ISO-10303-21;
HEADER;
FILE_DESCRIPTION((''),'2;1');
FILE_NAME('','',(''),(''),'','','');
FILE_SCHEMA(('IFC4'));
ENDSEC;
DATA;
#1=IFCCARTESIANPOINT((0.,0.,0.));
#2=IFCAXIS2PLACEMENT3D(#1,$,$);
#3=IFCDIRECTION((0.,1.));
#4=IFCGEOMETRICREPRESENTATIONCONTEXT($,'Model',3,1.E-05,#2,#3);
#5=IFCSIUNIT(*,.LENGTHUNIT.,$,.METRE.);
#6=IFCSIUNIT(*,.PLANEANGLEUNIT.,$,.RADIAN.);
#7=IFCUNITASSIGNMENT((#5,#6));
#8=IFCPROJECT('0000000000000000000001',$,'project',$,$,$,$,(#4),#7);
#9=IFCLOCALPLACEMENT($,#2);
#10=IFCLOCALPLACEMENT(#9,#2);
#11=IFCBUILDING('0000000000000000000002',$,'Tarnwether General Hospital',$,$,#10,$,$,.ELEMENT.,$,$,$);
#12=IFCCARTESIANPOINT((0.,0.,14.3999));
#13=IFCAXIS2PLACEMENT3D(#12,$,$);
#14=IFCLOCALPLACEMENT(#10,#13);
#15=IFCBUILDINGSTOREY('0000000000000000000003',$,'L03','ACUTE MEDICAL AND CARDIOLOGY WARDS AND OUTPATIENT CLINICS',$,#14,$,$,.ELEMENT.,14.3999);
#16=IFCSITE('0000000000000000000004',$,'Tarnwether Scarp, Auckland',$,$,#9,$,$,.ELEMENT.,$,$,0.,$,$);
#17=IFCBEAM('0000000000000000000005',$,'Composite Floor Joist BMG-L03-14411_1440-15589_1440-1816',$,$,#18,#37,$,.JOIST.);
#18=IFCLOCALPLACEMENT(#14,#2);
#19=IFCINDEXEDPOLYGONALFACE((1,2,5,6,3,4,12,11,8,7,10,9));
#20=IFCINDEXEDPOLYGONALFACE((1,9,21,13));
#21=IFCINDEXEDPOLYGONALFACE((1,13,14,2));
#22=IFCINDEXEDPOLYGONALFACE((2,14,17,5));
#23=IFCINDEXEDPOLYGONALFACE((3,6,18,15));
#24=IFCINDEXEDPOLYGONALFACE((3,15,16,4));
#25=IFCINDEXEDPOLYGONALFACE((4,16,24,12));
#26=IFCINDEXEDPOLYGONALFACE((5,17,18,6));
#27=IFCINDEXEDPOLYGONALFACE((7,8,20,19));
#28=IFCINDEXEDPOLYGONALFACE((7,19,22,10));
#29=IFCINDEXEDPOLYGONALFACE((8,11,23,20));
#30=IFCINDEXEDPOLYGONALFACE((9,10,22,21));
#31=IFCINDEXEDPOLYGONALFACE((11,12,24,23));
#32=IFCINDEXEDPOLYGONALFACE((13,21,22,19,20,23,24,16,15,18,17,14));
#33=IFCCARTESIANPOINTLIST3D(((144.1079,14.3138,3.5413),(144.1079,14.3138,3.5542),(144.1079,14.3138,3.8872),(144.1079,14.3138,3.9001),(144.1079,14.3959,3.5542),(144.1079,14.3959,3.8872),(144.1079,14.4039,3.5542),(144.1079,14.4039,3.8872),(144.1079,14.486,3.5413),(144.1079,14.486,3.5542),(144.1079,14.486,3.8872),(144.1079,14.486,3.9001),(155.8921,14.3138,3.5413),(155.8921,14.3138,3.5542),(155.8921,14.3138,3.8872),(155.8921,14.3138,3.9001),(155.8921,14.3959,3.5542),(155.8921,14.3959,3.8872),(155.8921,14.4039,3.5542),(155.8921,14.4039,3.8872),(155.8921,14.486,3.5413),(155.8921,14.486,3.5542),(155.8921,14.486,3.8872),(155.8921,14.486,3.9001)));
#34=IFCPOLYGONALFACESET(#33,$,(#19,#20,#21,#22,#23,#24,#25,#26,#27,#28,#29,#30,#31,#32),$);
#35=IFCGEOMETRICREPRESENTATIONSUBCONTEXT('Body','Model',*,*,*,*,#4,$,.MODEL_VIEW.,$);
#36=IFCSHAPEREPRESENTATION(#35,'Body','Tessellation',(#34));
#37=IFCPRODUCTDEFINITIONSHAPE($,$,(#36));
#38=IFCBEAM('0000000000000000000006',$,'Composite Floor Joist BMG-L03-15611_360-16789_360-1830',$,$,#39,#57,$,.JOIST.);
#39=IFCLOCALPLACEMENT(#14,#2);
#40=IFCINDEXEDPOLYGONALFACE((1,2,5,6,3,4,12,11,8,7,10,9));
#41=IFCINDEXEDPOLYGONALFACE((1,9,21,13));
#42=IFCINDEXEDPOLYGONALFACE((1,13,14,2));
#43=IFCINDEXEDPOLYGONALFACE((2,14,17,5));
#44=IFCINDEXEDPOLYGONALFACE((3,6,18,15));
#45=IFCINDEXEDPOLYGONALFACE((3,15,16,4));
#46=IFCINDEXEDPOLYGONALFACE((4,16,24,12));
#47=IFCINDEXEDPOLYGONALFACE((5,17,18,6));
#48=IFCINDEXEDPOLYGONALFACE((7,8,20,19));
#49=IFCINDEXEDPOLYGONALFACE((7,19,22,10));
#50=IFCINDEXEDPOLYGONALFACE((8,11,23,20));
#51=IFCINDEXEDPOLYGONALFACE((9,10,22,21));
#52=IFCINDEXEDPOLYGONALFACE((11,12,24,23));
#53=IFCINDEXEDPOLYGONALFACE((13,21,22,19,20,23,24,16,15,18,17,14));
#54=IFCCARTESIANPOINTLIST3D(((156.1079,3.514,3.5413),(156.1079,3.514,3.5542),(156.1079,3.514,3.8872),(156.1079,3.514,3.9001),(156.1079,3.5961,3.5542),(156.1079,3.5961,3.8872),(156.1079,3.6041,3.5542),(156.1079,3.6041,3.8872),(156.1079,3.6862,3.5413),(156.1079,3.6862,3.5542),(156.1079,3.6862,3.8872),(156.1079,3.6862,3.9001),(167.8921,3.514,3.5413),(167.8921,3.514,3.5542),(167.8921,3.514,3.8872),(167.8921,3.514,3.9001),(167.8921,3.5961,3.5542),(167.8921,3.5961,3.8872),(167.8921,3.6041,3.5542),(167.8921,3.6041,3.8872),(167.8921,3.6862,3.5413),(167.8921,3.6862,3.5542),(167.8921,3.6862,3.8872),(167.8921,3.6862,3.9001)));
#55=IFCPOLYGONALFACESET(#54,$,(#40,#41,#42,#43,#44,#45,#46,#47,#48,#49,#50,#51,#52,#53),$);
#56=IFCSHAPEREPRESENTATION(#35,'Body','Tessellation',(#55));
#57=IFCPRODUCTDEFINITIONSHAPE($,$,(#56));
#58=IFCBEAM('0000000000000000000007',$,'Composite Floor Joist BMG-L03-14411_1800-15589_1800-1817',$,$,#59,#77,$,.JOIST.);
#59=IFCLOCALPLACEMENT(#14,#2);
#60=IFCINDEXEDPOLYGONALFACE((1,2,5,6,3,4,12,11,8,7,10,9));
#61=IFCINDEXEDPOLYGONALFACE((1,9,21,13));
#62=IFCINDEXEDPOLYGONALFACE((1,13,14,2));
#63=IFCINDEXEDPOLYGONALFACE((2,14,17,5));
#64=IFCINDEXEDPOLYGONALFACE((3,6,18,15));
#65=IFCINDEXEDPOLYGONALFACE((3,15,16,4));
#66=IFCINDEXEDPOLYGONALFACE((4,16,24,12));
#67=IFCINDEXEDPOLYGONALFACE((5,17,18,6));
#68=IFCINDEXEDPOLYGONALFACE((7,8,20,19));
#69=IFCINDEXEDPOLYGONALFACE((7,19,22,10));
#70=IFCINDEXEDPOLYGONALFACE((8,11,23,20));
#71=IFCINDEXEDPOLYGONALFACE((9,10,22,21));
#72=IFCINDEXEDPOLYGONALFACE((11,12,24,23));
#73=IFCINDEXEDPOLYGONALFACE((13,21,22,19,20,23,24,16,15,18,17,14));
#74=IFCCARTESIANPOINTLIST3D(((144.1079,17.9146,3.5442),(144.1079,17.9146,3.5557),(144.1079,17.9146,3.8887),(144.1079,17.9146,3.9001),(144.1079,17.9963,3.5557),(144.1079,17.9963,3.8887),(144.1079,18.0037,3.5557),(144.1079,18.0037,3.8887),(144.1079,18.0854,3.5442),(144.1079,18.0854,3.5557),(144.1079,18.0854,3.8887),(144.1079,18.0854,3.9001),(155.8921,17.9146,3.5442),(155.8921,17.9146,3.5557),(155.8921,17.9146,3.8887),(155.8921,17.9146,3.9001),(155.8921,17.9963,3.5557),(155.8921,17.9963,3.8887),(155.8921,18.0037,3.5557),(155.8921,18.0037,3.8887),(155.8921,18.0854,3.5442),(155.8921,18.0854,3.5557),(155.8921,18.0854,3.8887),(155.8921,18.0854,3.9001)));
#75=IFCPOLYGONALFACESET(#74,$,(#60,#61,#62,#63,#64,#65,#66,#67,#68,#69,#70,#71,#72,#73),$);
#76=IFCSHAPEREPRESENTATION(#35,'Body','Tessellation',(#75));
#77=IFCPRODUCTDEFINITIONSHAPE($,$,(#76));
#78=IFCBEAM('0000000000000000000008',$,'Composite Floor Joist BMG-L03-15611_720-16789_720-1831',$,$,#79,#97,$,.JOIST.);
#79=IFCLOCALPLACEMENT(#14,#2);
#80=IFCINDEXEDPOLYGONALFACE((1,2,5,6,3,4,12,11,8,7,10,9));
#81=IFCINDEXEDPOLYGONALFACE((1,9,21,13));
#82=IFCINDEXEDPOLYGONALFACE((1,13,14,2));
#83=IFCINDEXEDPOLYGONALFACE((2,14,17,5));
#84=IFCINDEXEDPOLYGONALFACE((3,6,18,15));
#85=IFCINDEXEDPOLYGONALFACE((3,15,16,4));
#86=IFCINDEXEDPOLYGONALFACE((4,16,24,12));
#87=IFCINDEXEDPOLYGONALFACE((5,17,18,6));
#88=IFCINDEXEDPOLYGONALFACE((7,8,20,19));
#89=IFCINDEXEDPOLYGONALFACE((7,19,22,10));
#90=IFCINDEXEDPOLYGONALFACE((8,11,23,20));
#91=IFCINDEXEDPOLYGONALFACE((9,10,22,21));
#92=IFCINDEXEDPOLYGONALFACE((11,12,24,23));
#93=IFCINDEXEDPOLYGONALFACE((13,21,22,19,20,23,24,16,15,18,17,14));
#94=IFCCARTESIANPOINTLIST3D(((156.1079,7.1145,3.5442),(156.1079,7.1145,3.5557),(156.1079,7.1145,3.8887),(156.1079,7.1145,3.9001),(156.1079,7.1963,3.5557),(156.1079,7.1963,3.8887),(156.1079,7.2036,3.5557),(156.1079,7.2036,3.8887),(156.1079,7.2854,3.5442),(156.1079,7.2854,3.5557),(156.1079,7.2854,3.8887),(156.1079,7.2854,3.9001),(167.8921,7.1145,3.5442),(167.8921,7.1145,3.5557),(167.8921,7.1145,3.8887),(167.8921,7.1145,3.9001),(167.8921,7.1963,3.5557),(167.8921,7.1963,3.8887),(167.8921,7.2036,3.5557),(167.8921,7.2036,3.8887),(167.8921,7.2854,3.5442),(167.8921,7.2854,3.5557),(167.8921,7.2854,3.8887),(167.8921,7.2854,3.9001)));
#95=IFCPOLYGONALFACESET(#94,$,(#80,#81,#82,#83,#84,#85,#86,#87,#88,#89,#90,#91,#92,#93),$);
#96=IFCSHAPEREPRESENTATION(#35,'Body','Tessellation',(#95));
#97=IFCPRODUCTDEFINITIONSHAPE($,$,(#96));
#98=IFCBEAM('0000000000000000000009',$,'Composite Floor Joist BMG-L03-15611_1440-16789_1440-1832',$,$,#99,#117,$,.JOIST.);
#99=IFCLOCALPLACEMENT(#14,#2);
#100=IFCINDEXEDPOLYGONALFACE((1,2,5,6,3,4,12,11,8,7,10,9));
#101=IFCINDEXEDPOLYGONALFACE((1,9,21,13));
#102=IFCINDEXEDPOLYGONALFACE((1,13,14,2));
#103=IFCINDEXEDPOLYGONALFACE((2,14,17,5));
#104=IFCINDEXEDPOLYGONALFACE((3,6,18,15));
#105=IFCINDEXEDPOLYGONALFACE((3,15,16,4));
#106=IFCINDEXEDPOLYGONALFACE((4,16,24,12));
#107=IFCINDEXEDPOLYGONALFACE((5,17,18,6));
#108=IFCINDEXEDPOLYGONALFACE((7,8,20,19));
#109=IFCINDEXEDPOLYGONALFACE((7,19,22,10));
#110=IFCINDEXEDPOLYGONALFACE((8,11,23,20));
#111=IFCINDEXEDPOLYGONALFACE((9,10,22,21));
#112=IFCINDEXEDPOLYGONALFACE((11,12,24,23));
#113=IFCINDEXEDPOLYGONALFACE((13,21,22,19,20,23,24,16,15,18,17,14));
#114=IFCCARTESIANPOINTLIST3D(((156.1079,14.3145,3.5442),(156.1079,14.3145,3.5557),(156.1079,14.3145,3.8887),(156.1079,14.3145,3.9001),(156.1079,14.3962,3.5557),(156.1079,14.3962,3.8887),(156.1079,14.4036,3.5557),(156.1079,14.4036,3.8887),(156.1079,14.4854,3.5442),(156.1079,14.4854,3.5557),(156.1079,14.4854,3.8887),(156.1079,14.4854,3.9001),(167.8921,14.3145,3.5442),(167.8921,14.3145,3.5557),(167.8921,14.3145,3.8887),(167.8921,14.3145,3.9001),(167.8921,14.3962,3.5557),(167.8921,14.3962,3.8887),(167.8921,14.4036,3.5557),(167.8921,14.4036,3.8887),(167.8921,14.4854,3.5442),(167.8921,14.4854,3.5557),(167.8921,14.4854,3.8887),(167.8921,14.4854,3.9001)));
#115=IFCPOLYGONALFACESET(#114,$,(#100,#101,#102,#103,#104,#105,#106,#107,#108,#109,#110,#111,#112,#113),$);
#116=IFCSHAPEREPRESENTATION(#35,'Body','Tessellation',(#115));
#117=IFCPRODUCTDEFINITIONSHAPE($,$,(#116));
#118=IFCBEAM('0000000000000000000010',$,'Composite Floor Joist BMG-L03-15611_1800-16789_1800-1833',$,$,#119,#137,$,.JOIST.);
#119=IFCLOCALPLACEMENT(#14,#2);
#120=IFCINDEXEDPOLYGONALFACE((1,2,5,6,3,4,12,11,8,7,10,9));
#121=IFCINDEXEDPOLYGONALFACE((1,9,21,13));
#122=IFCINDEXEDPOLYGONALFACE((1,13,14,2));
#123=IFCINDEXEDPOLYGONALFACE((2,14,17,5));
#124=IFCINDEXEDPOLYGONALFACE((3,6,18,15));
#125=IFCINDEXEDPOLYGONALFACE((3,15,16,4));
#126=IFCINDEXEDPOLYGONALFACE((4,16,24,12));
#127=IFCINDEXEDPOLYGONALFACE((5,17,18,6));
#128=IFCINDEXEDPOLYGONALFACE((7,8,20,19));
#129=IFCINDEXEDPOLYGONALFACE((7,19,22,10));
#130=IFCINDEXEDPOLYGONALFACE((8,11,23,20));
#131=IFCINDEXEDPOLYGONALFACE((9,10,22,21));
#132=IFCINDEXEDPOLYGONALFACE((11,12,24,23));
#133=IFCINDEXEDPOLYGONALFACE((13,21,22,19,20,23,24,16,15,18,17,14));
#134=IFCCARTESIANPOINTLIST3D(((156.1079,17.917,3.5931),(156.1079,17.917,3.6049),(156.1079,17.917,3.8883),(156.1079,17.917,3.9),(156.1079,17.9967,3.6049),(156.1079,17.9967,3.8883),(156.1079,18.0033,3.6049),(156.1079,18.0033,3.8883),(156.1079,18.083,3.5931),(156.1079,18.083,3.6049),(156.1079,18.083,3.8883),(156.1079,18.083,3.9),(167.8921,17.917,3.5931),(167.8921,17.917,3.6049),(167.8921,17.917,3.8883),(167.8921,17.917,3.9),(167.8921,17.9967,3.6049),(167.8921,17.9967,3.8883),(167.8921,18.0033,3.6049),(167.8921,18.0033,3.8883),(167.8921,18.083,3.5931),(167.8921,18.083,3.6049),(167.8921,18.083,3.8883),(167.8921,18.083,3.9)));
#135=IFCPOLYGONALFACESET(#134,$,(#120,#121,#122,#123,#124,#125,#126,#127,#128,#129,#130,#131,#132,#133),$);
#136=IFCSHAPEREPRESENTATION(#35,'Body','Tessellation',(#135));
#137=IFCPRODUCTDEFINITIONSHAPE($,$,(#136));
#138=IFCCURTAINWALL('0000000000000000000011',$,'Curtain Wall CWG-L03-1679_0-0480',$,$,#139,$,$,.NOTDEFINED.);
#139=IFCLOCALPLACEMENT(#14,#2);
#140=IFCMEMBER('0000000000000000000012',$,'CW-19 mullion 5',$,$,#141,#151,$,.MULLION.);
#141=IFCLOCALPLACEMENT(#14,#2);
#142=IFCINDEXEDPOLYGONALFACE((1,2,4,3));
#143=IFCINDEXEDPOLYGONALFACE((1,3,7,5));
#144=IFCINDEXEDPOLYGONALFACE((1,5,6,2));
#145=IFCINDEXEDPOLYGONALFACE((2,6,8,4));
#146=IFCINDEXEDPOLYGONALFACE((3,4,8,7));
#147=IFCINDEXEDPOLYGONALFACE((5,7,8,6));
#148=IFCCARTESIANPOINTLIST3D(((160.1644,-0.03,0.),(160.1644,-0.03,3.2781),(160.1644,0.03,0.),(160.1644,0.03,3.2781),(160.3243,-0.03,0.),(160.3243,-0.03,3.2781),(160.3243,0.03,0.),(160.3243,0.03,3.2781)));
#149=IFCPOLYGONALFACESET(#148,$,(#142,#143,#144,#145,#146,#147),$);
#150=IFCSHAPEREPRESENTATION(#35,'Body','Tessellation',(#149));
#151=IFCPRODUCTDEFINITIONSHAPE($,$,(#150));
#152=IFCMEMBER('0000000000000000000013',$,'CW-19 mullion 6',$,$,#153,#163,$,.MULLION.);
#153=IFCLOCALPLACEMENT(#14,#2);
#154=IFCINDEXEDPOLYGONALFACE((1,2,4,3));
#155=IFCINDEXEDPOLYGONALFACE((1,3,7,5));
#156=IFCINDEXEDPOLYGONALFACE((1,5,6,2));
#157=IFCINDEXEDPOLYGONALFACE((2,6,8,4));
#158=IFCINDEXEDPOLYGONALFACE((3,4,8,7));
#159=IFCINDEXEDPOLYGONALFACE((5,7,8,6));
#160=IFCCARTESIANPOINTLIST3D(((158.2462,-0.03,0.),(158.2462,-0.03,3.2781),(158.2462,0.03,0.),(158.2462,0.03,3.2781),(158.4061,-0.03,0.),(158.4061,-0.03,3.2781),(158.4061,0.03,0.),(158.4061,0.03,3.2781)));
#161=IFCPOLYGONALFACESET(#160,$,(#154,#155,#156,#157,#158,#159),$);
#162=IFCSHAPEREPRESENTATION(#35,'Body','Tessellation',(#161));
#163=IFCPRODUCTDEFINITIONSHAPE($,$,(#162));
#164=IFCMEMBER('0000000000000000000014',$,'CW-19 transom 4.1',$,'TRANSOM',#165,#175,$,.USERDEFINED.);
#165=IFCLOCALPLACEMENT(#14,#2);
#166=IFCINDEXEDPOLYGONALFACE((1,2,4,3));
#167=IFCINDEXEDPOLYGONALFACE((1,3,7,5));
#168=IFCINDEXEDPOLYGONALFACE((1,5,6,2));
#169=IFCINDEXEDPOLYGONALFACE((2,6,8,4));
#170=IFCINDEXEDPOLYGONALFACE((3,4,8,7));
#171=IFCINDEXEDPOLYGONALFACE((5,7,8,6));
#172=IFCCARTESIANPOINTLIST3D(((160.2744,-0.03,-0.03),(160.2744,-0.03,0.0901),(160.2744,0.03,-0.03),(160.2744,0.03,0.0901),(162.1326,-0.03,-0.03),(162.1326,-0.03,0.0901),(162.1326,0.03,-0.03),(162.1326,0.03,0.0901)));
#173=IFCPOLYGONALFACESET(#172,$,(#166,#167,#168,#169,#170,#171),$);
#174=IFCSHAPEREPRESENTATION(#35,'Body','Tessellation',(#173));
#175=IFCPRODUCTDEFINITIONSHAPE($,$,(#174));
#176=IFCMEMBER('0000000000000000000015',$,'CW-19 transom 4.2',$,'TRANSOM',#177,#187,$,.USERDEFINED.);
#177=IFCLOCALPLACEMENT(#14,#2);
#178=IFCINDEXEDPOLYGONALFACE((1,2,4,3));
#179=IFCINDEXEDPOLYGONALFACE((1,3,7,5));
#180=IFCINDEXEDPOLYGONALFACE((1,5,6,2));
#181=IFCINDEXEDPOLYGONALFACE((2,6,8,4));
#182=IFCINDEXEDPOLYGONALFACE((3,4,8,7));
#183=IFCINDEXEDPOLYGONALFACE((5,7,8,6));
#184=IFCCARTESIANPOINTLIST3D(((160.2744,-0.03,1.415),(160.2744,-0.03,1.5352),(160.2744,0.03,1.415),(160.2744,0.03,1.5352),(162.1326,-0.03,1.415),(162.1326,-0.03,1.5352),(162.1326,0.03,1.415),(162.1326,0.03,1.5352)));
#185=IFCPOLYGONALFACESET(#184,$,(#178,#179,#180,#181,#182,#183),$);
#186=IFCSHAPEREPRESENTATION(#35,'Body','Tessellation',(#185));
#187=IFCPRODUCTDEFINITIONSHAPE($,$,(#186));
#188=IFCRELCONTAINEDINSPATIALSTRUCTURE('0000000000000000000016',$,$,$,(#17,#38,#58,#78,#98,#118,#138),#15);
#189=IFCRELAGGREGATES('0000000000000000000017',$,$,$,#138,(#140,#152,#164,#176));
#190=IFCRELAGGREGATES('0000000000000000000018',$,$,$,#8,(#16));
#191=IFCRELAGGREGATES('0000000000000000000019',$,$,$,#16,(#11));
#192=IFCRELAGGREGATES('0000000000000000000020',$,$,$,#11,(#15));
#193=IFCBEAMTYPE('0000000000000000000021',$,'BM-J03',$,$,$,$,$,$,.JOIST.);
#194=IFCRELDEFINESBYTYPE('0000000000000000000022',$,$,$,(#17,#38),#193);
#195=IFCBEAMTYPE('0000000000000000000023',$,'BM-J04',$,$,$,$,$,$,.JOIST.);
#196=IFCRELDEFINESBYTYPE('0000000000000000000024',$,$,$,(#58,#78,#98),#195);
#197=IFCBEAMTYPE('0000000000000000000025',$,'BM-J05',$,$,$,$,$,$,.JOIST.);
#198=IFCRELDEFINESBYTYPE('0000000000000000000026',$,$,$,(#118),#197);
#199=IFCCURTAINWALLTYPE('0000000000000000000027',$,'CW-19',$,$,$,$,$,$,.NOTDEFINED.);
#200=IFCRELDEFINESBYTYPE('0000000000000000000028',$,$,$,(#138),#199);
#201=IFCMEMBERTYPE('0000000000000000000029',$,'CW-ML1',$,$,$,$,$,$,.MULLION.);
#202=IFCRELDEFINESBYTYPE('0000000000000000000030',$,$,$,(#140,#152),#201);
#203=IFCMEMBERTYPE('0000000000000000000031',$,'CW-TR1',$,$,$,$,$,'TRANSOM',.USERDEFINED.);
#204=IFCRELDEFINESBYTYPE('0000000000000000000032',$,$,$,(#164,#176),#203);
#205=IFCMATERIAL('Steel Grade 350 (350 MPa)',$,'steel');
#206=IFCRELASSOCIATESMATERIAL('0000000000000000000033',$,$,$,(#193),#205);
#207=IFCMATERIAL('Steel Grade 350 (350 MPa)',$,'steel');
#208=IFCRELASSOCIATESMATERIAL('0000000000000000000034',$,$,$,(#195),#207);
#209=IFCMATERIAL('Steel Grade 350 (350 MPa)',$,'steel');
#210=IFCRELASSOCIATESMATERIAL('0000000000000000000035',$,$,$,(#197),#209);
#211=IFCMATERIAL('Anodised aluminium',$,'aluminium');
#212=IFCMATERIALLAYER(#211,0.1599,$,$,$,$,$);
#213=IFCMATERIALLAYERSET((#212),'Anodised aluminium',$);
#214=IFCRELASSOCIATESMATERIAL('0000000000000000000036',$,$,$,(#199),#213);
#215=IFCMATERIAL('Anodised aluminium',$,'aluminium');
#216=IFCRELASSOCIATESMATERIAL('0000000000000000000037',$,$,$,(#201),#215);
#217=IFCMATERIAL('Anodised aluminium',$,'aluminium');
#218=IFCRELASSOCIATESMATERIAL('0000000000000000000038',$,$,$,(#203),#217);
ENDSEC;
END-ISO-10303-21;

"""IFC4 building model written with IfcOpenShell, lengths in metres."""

from ifc_helpers import new_model, si_unit, direction, frame, origin, origin_2d, place, context, subcontext, project, spatial, rectangle, i_section, extrude, material, layer, layer_set, material_profile, profile_set, type_object, element, aggregate, save


model = new_model("IFC4")

# Units and contexts
model_context = context("Model", 3, precision=1e-05, world=origin(), true_north=direction((0.0, 1.0)))
body_context = subcontext(model_context, "Body", "Model", "MODEL_VIEW")
ifc_project = project(units=[si_unit("LENGTHUNIT", "METRE"), si_unit("PLANEANGLEUNIT", "RADIAN")], contexts=[model_context])

# Site, building, storey
site_placement = place(None, origin())
site = spatial("IfcSite", under=ifc_project, at=site_placement, Name="Tarnwether Scarp, Auckland", CompositionType="ELEMENT", RefElevation=0.0)
building_placement = place(site_placement, origin())
building = spatial("IfcBuilding", under=site, at=building_placement, Name="Tarnwether General Hospital", CompositionType="ELEMENT")
storey_placement = place(building_placement, frame((0.0, 0.0, 14.3999)))
storey = spatial("IfcBuildingStorey", under=building, at=storey_placement, Name="L03", Description="ACUTE MEDICAL AND CARDIOLOGY WARDS AND OUTPATIENT CLINICS", CompositionType="ELEMENT", Elevation=14.3999)

# Beams
ifc_material_1 = material(Name="Steel Grade 350 (350 MPa)", Category="steel")
ifc_material_profile_1 = material_profile(ifc_material_1, i_section(OverallWidth=0.1721, OverallDepth=0.3589, WebThickness=0.0081, FlangeThickness=0.0129, at=origin_2d()), Name="360UB56.7")
ifc_profile_set_1 = profile_set([ifc_material_profile_1], Name="Steel Grade 350 (350 MPa)")
beam_type_1 = type_object("IfcBeamType", Name="BM-J03", PredefinedType="JOIST", material=ifc_profile_set_1)
for number, where, z_axis, x_axis, name in (
    (1, (144.1079, 14.3999, 3.7207), (1.0, 0.0, 0.0), (0.0, 1.0, 0.0), "Composite Floor Joist BMG-L03-14411_1440-15589_1440-1816"),
    (2, (156.1079, 3.6001, 3.7207), (1.0, 0.0, 0.0), (0.0, 1.0, 0.0), "Composite Floor Joist BMG-L03-15611_360-16789_360-1830"),
):
    element("IfcBeam", number, at=place(storey_placement, frame(where, z_axis=z_axis, x_axis=x_axis)), inside=storey, type_object=beam_type_1, Name=name, PredefinedType="JOIST", context=body_context, shape_type="SweptSolid", body=[
        extrude(i_section(OverallWidth=0.1721, OverallDepth=0.3589, WebThickness=0.0081, FlangeThickness=0.0129, at=origin_2d()), origin(), (0.0, 0.0, 1.0), 11.7842),
    ])
ifc_material_2 = material(Name="Steel Grade 350 (350 MPa)", Category="steel")
ifc_material_profile_2 = material_profile(ifc_material_2, i_section(OverallWidth=0.1709, OverallDepth=0.356, WebThickness=0.0073, FlangeThickness=0.0115, at=origin_2d()), Name="360UB50.7")
ifc_profile_set_2 = profile_set([ifc_material_profile_2], Name="Steel Grade 350 (350 MPa)")
beam_type_2 = type_object("IfcBeamType", Name="BM-J04", PredefinedType="JOIST", material=ifc_profile_set_2)
for number, where, z_axis, x_axis, name in (
    (3, (144.1079, 18.0, 3.7222), (1.0, 0.0, 0.0), (0.0, 1.0, 0.0), "Composite Floor Joist BMG-L03-14411_1800-15589_1800-1817"),
    (4, (156.1079, 7.2, 3.7222), (1.0, 0.0, 0.0), (0.0, 1.0, 0.0), "Composite Floor Joist BMG-L03-15611_720-16789_720-1831"),
    (5, (156.1079, 14.3999, 3.7222), (1.0, 0.0, 0.0), (0.0, 1.0, 0.0), "Composite Floor Joist BMG-L03-15611_1440-16789_1440-1832"),
):
    element("IfcBeam", number, at=place(storey_placement, frame(where, z_axis=z_axis, x_axis=x_axis)), inside=storey, type_object=beam_type_2, Name=name, PredefinedType="JOIST", context=body_context, shape_type="SweptSolid", body=[
        extrude(i_section(OverallWidth=0.1709, OverallDepth=0.356, WebThickness=0.0073, FlangeThickness=0.0115, at=origin_2d()), origin(), (0.0, 0.0, 1.0), 11.7842),
    ])
ifc_material_3 = material(Name="Steel Grade 350 (350 MPa)", Category="steel")
ifc_material_profile_3 = material_profile(ifc_material_3, i_section(OverallWidth=0.166, OverallDepth=0.3069, WebThickness=0.0066, FlangeThickness=0.0117, at=origin_2d()), Name="310UB46.2")
ifc_profile_set_3 = profile_set([ifc_material_profile_3], Name="Steel Grade 350 (350 MPa)")
beam_type_3 = type_object("IfcBeamType", Name="BM-J05", PredefinedType="JOIST", material=ifc_profile_set_3)
beam_1_placement = place(storey_placement, frame((156.1079, 18.0, 3.7466), z_axis=(1.0, 0.0, 0.0), x_axis=(0.0, 1.0, 0.0)))
element("IfcBeam", 6, at=beam_1_placement, inside=storey, type_object=beam_type_3, Name="Composite Floor Joist BMG-L03-15611_1800-16789_1800-1833", PredefinedType="JOIST", context=body_context, shape_type="SweptSolid", body=[
    extrude(i_section(OverallWidth=0.166, OverallDepth=0.3069, WebThickness=0.0066, FlangeThickness=0.0117, at=origin_2d()), origin(), (0.0, 0.0, 1.0), 11.7842),
])

# Curtain wall, members
ifc_material_4 = material(Name="Anodised aluminium", Category="aluminium")
ifc_layer_1 = layer(ifc_material_4, 0.1599)
ifc_layer_set_1 = layer_set([ifc_layer_1], Name="Anodised aluminium")
curtain_wall_type = type_object("IfcCurtainWallType", Name="CW-19", PredefinedType="NOTDEFINED", material=ifc_layer_set_1)
curtain_wall_placement = place(storey_placement, origin())
curtain_wall = element("IfcCurtainWall", 7, at=curtain_wall_placement, inside=storey, type_object=curtain_wall_type, Name="Curtain Wall CWG-L03-1679_0-0480", PredefinedType="NOTDEFINED")
ifc_material_5 = material(Name="Anodised aluminium", Category="aluminium")
ifc_material_profile_4 = material_profile(ifc_material_5, rectangle(XDim=0.0601, YDim=0.1599, at=origin_2d()), Name="ALU-MUL-60x160")
ifc_profile_set_4 = profile_set([ifc_material_profile_4], Name="Anodised aluminium")
member_type_1 = type_object("IfcMemberType", Name="CW-ML1", PredefinedType="MULLION", material=ifc_profile_set_4)
member_1_placement = place(storey_placement, frame((160.2444, 0.0, 0.0), z_axis=(0.0, 0.0, 1.0), x_axis=(0.0, -1.0, 0.0)))
member_1 = element("IfcMember", 8, at=member_1_placement, type_object=member_type_1, Name="CW-19 mullion 5", PredefinedType="MULLION", context=body_context, shape_type="SweptSolid", body=[
    extrude(rectangle(XDim=0.0601, YDim=0.1599, at=origin_2d()), origin(), (0.0, 0.0, 1.0), 3.2781),
])
member_2_placement = place(storey_placement, frame((158.3262, 0.0, 0.0), z_axis=(0.0, 0.0, 1.0), x_axis=(0.0, -1.0, 0.0)))
member_2 = element("IfcMember", 9, at=member_2_placement, type_object=member_type_1, Name="CW-19 mullion 6", PredefinedType="MULLION", context=body_context, shape_type="SweptSolid", body=[
    extrude(rectangle(XDim=0.0601, YDim=0.1599, at=origin_2d()), origin(), (0.0, 0.0, 1.0), 3.2781),
])
ifc_material_6 = material(Name="Anodised aluminium", Category="aluminium")
ifc_material_profile_5 = material_profile(ifc_material_6, rectangle(XDim=0.0601, YDim=0.1201, at=origin_2d()), Name="ALU-TRN-60x120")
ifc_profile_set_5 = profile_set([ifc_material_profile_5], Name="Anodised aluminium")
member_type_2 = type_object("IfcMemberType", Name="CW-TR1", ElementType="TRANSOM", PredefinedType="USERDEFINED", material=ifc_profile_set_5)
member_3_placement = place(storey_placement, frame((162.1326, 0.0, 0.03), z_axis=(-1.0, 0.0, 0.0), x_axis=(0.0, -1.0, 0.0)))
member_3 = element("IfcMember", 10, at=member_3_placement, type_object=member_type_2, Name="CW-19 transom 4.1", ObjectType="TRANSOM", PredefinedType="USERDEFINED", context=body_context, shape_type="SweptSolid", body=[
    extrude(rectangle(XDim=0.0601, YDim=0.1201, at=origin_2d()), origin(), (0.0, 0.0, 1.0), 1.8582),
])
member_4_placement = place(storey_placement, frame((162.1326, 0.0, 1.4751), z_axis=(-1.0, 0.0, 0.0), x_axis=(0.0, -1.0, 0.0)))
member_4 = element("IfcMember", 11, at=member_4_placement, type_object=member_type_2, Name="CW-19 transom 4.2", ObjectType="TRANSOM", PredefinedType="USERDEFINED", context=body_context, shape_type="SweptSolid", body=[
    extrude(rectangle(XDim=0.0601, YDim=0.1201, at=origin_2d()), origin(), (0.0, 0.0, 1.0), 1.8582),
])
aggregate(curtain_wall, [member_1, member_2, member_3, member_4])

save(model, "model.ifc")
